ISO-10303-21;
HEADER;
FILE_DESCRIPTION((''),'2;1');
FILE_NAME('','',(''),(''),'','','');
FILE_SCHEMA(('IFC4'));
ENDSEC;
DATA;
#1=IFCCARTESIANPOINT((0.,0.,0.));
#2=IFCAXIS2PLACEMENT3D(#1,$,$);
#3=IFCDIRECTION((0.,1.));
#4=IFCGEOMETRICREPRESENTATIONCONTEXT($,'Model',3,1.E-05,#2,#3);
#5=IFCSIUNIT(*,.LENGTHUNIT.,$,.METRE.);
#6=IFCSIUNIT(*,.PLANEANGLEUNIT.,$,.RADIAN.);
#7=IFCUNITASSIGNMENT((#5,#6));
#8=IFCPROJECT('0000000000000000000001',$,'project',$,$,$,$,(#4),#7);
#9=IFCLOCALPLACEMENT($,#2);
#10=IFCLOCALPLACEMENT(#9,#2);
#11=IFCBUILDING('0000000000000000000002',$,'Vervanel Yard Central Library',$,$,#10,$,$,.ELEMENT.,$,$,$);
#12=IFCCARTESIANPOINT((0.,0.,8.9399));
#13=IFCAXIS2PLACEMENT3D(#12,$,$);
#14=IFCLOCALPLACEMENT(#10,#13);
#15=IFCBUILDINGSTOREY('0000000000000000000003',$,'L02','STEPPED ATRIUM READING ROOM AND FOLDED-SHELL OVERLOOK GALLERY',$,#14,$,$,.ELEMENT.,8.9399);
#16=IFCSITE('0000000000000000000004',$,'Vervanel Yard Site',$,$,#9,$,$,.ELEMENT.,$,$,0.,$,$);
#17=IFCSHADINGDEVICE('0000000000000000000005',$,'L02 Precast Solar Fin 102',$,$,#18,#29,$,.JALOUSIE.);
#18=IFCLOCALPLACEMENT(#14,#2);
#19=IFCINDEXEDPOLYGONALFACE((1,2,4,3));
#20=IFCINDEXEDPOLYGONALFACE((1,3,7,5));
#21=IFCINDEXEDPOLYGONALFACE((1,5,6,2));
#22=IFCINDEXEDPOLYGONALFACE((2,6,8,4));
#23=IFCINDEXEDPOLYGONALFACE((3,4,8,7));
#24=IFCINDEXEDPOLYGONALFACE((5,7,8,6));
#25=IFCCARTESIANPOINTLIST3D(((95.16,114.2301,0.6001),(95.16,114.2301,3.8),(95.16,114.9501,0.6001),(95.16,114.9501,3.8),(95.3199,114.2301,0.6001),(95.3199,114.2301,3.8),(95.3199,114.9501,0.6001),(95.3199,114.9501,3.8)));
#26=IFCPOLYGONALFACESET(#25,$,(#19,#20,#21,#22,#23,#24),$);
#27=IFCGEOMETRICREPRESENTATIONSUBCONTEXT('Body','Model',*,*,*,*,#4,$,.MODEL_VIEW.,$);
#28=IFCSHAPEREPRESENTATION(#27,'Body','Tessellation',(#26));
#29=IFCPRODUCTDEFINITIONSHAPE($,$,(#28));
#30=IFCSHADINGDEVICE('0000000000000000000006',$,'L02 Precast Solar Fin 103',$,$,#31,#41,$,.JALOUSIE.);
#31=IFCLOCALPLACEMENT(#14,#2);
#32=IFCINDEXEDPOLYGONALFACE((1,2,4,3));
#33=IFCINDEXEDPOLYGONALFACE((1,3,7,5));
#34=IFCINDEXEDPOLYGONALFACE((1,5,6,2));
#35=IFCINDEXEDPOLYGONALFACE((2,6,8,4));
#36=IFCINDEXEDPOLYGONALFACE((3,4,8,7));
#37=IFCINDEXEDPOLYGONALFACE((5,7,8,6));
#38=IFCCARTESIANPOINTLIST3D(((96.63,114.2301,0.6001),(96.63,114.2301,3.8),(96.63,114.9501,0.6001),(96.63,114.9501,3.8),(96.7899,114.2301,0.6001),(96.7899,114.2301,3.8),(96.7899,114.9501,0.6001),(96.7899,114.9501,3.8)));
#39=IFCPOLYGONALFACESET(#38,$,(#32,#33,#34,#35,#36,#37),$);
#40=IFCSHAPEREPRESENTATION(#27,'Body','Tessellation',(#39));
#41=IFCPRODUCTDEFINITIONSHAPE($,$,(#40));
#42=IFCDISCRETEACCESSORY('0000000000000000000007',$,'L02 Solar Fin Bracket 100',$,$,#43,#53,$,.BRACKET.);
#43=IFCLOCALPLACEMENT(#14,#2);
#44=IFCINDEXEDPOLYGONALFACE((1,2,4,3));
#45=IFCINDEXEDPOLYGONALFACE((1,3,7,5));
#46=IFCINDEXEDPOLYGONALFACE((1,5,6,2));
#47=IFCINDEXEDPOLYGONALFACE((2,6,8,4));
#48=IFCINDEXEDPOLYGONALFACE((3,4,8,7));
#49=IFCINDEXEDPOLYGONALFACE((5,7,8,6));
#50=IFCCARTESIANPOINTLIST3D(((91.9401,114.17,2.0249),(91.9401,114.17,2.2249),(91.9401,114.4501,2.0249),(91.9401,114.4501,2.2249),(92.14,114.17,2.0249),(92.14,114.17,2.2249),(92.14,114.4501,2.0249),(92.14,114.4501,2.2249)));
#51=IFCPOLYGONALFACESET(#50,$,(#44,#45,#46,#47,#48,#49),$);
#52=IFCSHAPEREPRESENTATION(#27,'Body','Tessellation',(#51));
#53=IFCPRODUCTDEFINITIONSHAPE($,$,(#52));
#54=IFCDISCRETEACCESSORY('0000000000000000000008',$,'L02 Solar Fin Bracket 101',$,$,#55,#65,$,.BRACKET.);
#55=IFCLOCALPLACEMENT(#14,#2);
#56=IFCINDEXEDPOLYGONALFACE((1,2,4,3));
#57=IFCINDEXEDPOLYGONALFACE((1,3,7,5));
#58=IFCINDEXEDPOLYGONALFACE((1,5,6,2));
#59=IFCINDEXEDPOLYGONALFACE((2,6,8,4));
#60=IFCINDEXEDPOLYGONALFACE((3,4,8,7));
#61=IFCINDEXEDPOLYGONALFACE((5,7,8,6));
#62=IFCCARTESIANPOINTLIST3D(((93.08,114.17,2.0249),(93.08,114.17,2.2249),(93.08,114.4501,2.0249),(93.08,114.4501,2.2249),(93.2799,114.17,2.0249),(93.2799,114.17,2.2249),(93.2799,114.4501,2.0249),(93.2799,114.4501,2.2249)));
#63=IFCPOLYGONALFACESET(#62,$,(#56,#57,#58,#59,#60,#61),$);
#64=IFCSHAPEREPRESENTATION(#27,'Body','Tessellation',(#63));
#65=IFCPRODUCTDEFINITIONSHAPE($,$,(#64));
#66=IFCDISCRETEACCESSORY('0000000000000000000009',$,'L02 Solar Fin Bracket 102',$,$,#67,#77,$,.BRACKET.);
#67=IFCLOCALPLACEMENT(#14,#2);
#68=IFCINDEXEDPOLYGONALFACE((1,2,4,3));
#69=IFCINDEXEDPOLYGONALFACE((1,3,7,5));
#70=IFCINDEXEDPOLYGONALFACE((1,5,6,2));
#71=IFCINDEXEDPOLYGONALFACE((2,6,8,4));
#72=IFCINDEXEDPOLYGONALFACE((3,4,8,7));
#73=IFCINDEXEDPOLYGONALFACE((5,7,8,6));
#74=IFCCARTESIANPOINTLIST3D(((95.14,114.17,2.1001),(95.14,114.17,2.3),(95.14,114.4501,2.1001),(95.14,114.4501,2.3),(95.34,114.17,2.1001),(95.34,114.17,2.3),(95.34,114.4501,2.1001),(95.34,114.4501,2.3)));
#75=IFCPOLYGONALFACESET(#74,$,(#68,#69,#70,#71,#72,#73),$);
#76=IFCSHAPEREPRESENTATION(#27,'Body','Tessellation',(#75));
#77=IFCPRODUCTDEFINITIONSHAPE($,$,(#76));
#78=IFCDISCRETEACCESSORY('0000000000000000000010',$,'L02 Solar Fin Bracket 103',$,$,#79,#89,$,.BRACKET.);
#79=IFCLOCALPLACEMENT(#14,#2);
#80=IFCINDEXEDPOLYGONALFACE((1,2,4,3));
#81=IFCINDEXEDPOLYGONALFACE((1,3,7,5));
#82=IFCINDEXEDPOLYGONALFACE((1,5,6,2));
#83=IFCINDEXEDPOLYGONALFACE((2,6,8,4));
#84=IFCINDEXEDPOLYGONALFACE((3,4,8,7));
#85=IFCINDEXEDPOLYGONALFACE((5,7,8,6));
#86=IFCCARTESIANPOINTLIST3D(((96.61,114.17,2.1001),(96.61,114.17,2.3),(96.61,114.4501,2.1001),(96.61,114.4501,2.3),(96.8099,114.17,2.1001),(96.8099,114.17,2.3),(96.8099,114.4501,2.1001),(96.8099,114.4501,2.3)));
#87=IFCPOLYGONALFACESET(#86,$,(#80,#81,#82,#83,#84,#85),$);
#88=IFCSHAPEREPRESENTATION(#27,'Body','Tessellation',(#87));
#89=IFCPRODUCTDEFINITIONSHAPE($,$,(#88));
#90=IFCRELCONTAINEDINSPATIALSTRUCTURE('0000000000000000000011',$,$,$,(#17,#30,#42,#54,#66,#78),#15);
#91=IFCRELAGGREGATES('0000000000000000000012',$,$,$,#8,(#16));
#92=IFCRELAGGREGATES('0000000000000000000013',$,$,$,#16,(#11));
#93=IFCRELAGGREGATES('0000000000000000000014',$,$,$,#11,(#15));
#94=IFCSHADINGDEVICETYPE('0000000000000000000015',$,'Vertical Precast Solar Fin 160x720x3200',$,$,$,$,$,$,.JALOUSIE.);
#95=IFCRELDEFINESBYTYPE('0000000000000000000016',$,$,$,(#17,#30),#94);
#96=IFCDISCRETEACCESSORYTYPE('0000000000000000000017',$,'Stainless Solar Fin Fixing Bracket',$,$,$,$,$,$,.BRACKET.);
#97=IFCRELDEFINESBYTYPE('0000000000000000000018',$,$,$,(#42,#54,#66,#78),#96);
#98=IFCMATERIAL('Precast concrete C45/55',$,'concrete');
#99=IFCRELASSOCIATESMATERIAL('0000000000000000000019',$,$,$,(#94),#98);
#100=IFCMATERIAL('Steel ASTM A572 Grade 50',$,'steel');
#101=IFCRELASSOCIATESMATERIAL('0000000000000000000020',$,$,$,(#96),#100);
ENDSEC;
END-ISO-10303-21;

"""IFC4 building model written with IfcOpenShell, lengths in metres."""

from ifc_helpers import new_model, si_unit, direction, frame, origin, origin_2d, place, context, subcontext, project, spatial, rectangle, extrude, material, type_object, element, save


model = new_model("IFC4")

# Units and contexts
model_context = context("Model", 3, precision=1e-05, world=origin(), true_north=direction((0.0, 1.0)))
body_context = subcontext(model_context, "Body", "Model", "MODEL_VIEW")
ifc_project = project(units=[si_unit("LENGTHUNIT", "METRE"), si_unit("PLANEANGLEUNIT", "RADIAN")], contexts=[model_context])

# Site, building, storey
site_placement = place(None, origin())
site = spatial("IfcSite", under=ifc_project, at=site_placement, Name="Vervanel Yard Site", CompositionType="ELEMENT", RefElevation=0.0)
building_placement = place(site_placement, origin())
building = spatial("IfcBuilding", under=site, at=building_placement, Name="Vervanel Yard Central Library", CompositionType="ELEMENT")
storey_placement = place(building_placement, frame((0.0, 0.0, 8.9399)))
storey = spatial("IfcBuildingStorey", under=building, at=storey_placement, Name="L02", Description="STEPPED ATRIUM READING ROOM AND FOLDED-SHELL OVERLOOK GALLERY", CompositionType="ELEMENT", Elevation=8.9399)

# Shared definitions
ifc_material_1 = material(Name="Precast concrete C45/55", Category="concrete")

# Shading devices
shading_device_type = type_object("IfcShadingDeviceType", Name="Vertical Precast Solar Fin 160x720x3200", PredefinedType="JALOUSIE", material=ifc_material_1)
for number, where, z_axis, x_axis, name in (
    (1, (95.24, 114.5901, 0.6001), (0.0, 0.0, 1.0), (1.0, 0.0, 0.0), "L02 Precast Solar Fin 102"),
    (2, (96.71, 114.5901, 0.6001), (0.0, 0.0, 1.0), (1.0, 0.0, 0.0), "L02 Precast Solar Fin 103"),
):
    element("IfcShadingDevice", number, at=place(storey_placement, frame(where, z_axis=z_axis, x_axis=x_axis)), inside=storey, type_object=shading_device_type, Name=name, PredefinedType="JALOUSIE", context=body_context, shape_type="SweptSolid", body=[
        extrude(rectangle(XDim=0.1599, YDim=0.72, at=origin_2d()), origin(), (0.0, 0.0, 1.0), 3.2),
    ])

# Discrete accessories
ifc_material_2 = material(Name="Steel ASTM A572 Grade 50", Category="steel")
discrete_accessory_type = type_object("IfcDiscreteAccessoryType", Name="Stainless Solar Fin Fixing Bracket", PredefinedType="BRACKET", material=ifc_material_2)
for number, where, z_axis, x_axis, name in (
    (3, (92.04, 114.3101, 2.0249), (0.0, 0.0, 1.0), (1.0, 0.0, 0.0), "L02 Solar Fin Bracket 100"),
    (4, (93.1799, 114.3101, 2.0249), (0.0, 0.0, 1.0), (1.0, 0.0, 0.0), "L02 Solar Fin Bracket 101"),
    (5, (95.24, 114.3101, 2.1001), (0.0, 0.0, 1.0), (1.0, 0.0, 0.0), "L02 Solar Fin Bracket 102"),
    (6, (96.71, 114.3101, 2.1001), (0.0, 0.0, 1.0), (1.0, 0.0, 0.0), "L02 Solar Fin Bracket 103"),
):
    element("IfcDiscreteAccessory", number, at=place(storey_placement, frame(where, z_axis=z_axis, x_axis=x_axis)), inside=storey, type_object=discrete_accessory_type, Name=name, PredefinedType="BRACKET", context=body_context, shape_type="SweptSolid", body=[
        extrude(rectangle(XDim=0.2, YDim=0.28, at=origin_2d()), origin(), (0.0, 0.0, 1.0), 0.2),
    ])

save(model, "model.ifc")
